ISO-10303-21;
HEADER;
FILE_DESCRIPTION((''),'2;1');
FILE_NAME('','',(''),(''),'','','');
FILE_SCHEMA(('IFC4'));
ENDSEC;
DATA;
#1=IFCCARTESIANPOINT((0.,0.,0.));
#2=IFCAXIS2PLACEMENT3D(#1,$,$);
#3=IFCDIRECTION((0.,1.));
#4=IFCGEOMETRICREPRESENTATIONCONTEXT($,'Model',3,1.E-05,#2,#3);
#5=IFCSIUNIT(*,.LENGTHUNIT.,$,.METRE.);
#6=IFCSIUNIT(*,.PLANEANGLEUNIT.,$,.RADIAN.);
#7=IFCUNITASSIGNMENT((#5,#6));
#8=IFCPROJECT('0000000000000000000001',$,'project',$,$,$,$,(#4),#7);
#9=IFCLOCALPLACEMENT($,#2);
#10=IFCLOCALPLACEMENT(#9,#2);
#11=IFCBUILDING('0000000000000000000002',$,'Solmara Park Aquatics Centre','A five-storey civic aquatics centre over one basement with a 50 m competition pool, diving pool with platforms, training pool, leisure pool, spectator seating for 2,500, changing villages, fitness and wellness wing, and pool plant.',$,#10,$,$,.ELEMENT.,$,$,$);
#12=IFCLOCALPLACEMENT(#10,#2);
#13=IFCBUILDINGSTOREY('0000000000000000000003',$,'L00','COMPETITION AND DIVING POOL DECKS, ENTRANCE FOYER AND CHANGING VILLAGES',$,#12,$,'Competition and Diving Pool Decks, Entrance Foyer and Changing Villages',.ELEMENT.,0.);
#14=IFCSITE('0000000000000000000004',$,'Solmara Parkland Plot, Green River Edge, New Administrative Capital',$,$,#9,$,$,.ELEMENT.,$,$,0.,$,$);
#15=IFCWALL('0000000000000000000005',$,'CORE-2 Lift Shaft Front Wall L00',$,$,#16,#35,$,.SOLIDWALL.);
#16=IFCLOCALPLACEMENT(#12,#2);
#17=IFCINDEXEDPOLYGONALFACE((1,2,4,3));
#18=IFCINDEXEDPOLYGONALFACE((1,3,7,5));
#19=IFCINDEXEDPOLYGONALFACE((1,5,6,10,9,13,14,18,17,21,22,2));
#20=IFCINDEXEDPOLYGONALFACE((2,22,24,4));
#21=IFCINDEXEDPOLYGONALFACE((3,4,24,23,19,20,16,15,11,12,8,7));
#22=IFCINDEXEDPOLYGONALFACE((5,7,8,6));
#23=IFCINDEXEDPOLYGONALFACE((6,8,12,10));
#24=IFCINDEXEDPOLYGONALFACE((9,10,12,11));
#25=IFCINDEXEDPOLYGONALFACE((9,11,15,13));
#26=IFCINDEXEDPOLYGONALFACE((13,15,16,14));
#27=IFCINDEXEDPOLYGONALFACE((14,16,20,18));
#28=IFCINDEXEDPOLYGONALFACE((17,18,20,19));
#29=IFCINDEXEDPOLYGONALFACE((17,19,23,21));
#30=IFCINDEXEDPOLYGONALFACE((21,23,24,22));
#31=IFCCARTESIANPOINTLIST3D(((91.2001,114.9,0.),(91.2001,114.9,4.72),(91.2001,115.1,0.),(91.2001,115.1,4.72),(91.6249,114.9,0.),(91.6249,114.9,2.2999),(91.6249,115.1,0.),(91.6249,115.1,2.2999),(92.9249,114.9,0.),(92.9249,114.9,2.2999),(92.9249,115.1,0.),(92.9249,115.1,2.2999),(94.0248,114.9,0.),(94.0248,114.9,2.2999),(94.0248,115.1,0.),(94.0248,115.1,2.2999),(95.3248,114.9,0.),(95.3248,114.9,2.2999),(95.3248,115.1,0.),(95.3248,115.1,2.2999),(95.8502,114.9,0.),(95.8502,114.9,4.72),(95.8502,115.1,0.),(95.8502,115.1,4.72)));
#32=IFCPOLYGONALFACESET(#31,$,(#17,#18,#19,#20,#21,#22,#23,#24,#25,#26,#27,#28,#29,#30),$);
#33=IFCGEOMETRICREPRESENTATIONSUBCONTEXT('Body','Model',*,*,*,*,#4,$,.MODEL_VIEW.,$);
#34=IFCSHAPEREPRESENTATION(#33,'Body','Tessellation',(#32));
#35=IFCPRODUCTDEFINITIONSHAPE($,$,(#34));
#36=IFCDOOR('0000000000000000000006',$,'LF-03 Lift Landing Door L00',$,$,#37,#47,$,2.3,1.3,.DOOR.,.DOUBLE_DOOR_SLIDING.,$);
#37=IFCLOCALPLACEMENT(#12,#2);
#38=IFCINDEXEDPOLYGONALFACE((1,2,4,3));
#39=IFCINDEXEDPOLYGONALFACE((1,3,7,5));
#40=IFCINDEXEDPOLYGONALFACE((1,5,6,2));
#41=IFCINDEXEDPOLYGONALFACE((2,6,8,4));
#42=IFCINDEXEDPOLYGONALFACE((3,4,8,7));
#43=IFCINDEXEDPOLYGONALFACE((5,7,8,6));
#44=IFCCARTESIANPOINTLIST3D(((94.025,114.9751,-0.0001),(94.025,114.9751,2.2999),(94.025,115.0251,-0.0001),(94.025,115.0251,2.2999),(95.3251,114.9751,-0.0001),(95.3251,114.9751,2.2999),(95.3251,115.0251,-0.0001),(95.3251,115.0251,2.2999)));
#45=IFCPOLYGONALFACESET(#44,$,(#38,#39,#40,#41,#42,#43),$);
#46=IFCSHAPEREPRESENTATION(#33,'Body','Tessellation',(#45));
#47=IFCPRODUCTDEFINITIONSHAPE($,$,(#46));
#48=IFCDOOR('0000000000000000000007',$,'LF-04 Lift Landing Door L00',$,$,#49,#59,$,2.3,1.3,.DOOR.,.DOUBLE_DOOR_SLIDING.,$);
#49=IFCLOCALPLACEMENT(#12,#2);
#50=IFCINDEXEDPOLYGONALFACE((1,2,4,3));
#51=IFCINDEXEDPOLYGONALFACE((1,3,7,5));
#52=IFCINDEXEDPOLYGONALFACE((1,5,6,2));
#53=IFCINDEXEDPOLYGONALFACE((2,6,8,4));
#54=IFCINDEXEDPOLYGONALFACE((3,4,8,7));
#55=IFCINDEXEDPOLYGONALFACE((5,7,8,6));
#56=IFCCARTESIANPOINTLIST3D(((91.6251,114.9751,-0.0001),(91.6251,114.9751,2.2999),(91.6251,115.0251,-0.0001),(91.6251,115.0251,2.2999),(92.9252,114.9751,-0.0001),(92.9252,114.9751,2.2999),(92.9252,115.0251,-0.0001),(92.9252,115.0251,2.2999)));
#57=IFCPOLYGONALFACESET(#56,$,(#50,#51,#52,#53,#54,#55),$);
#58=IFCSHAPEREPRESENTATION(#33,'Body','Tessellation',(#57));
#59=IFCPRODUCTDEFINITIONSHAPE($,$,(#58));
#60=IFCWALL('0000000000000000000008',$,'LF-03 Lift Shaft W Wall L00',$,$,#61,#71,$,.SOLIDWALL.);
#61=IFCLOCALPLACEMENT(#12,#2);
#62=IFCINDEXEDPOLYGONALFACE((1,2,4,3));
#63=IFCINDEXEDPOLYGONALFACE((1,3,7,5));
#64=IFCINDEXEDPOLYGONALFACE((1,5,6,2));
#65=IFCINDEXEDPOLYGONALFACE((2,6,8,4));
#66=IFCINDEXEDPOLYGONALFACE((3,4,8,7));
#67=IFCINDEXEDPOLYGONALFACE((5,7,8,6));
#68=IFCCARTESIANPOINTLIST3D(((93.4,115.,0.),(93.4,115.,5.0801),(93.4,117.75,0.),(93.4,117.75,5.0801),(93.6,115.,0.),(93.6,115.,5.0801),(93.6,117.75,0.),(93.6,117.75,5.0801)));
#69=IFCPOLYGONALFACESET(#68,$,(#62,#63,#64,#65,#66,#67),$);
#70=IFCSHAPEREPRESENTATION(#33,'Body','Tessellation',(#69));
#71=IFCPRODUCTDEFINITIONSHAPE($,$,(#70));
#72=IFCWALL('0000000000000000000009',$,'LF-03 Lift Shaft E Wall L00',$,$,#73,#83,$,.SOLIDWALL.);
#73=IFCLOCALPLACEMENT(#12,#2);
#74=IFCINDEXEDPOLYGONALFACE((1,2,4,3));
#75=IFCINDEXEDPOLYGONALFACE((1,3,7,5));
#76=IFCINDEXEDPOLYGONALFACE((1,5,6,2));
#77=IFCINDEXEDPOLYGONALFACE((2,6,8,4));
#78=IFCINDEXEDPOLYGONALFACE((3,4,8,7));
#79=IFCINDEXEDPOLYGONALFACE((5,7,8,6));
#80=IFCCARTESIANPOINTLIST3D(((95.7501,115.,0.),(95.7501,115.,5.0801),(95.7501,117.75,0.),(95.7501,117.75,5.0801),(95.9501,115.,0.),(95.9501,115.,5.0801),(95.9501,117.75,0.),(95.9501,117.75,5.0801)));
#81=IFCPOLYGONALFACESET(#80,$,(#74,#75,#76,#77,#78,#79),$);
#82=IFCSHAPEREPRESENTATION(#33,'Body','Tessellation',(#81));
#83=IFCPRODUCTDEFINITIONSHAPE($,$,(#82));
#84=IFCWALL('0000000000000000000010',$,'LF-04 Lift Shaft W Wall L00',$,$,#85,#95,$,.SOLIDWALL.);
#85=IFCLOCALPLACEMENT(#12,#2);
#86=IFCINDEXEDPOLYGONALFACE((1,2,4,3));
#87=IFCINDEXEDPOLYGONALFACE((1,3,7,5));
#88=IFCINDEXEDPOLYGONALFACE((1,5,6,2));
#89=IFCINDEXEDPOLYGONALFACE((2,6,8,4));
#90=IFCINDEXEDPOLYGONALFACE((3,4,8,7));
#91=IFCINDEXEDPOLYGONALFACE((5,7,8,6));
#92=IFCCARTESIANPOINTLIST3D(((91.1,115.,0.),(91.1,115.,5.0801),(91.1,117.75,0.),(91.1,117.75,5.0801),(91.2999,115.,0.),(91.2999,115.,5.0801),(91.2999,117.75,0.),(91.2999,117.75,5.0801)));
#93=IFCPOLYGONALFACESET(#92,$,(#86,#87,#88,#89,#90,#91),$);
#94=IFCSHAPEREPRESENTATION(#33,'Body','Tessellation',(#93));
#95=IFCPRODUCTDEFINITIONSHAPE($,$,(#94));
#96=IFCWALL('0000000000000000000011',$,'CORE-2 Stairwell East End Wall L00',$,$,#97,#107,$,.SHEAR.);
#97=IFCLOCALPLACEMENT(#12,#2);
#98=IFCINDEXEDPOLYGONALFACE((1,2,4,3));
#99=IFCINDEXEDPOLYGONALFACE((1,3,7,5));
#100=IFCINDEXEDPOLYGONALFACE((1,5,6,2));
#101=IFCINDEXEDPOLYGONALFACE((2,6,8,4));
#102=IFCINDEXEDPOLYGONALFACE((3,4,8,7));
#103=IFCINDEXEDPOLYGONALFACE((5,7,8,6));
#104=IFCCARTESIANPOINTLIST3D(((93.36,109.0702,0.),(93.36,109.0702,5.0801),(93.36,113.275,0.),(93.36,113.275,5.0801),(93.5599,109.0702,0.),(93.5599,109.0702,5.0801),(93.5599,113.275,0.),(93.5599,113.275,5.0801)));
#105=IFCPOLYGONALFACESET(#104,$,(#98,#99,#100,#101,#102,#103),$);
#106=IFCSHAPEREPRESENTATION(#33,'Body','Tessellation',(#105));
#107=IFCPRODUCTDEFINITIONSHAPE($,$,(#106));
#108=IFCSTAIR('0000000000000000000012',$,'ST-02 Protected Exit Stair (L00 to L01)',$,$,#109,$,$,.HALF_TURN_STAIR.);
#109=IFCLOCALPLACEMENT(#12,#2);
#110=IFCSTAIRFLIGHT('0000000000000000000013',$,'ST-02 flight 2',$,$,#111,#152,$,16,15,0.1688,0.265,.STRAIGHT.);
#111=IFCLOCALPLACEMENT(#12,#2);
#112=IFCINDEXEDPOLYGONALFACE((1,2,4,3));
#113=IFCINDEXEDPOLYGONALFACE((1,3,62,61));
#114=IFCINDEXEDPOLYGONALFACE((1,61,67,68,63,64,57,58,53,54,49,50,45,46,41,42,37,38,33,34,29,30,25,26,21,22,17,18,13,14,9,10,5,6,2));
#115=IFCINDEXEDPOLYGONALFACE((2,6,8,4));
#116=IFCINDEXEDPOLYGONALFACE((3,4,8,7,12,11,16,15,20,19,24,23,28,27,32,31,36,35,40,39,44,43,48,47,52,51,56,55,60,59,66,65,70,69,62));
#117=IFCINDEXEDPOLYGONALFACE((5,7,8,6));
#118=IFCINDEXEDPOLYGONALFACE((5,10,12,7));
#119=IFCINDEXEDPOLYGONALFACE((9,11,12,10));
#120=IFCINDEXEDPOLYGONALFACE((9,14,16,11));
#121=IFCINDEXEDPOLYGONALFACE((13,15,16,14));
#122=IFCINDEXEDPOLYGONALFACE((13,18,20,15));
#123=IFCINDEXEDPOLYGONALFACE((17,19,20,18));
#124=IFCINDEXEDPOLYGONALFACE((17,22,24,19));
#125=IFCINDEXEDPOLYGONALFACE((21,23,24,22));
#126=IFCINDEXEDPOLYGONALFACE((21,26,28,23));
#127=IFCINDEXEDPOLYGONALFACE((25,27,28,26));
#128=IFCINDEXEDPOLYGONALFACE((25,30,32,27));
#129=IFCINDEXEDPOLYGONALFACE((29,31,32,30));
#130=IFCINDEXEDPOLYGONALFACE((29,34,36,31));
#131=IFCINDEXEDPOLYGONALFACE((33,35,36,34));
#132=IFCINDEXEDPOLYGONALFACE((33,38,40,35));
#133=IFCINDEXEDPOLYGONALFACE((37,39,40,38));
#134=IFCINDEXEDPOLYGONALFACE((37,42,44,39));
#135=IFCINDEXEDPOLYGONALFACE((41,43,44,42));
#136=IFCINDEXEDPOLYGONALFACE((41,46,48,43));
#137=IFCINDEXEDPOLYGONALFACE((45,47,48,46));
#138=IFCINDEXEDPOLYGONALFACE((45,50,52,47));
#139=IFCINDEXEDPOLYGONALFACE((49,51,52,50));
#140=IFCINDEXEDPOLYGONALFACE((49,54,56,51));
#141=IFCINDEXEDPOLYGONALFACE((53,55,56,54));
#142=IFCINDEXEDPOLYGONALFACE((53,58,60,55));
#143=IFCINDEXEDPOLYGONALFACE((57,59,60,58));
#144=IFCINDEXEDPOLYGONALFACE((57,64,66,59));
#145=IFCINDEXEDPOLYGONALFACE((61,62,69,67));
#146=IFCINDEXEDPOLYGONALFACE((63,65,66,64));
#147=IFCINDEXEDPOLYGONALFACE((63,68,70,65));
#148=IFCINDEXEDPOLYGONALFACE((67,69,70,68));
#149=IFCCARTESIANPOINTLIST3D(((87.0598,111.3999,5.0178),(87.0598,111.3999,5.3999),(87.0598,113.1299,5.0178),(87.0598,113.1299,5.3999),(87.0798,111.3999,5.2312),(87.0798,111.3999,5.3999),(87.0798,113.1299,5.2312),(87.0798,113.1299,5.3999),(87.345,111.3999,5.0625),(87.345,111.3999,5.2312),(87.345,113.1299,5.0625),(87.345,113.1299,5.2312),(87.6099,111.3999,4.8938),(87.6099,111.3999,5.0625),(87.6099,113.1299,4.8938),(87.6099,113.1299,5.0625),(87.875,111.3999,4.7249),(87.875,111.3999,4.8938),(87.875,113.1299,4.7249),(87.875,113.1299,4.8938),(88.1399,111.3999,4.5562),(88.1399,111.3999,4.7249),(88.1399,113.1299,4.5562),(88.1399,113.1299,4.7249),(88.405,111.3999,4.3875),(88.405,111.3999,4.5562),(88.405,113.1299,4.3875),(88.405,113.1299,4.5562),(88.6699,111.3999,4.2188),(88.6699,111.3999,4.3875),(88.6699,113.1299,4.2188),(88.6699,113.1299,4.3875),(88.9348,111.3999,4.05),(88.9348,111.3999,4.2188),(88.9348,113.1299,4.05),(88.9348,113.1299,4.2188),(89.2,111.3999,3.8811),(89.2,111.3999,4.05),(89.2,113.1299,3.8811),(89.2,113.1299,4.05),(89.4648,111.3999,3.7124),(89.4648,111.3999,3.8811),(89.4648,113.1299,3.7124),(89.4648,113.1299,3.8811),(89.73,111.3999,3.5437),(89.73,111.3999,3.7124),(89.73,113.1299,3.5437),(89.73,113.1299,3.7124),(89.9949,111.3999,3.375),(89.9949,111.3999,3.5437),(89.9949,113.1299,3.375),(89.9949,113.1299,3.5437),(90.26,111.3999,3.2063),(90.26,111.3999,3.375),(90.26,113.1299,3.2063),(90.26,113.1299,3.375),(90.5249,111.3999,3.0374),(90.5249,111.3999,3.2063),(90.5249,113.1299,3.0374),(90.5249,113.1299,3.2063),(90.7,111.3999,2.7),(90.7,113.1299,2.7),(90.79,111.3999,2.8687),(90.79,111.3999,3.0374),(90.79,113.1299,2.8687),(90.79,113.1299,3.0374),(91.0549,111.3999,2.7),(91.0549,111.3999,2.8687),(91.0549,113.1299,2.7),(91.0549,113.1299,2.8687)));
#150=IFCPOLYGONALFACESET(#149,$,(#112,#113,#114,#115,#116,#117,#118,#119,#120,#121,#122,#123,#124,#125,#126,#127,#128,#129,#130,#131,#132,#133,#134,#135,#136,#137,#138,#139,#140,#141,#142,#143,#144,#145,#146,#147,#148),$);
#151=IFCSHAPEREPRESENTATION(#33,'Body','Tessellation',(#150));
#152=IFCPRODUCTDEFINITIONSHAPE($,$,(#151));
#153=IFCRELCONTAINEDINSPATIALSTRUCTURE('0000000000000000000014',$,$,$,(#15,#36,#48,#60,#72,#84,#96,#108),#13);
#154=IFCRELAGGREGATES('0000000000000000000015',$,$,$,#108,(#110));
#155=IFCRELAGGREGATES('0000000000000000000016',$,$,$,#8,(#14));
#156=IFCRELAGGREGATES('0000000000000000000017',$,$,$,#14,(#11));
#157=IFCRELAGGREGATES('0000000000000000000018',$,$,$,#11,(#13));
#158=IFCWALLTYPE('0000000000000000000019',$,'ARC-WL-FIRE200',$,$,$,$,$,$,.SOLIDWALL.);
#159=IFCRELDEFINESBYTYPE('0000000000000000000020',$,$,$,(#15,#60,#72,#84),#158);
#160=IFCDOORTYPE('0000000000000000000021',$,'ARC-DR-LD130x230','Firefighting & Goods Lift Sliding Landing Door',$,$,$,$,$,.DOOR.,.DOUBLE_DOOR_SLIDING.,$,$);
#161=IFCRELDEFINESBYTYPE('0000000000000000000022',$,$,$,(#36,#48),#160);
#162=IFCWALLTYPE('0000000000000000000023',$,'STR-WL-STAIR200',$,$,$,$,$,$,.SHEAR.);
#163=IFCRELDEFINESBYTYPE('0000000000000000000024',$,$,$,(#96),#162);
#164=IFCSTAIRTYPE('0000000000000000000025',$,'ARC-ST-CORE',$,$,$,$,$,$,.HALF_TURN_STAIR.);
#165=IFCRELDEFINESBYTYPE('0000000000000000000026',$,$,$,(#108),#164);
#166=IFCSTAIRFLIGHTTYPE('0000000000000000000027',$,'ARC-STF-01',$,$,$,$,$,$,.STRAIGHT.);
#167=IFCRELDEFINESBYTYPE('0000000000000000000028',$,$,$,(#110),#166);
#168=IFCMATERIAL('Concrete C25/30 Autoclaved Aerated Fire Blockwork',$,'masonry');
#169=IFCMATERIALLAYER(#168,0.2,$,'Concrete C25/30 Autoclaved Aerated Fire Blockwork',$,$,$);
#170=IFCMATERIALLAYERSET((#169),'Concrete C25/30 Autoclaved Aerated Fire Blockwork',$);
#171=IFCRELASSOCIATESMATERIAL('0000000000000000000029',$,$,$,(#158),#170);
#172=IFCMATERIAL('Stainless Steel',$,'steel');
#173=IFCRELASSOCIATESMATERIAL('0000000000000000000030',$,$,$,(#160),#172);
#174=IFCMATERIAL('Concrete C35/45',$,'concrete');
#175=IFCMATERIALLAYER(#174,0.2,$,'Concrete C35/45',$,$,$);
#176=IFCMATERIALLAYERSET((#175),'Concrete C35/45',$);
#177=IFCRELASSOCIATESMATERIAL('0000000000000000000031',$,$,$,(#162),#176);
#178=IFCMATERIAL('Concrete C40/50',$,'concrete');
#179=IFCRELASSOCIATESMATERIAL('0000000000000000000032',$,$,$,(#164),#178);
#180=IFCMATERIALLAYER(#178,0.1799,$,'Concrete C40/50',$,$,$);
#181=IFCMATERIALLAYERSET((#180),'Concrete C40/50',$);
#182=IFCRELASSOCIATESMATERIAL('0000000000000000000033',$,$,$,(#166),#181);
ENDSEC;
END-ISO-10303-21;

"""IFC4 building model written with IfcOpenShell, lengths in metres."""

from ifc_helpers import new_model, si_unit, direction, frame, frame_2d, origin, place, context, subcontext, project, spatial, polyline, rectangle, outline, extrude, material, layer, layer_set, type_object, element, fill, aggregate, save


model = new_model("IFC4")

# Units and contexts
model_context = context("Model", 3, precision=1e-05, world=origin(), true_north=direction((0.0, 1.0)))
body_context = subcontext(model_context, "Body", "Model", "MODEL_VIEW")
ifc_project = project(units=[si_unit("LENGTHUNIT", "METRE"), si_unit("PLANEANGLEUNIT", "RADIAN")], contexts=[model_context])

# Site, building, storey
site_placement = place(None, origin())
site = spatial("IfcSite", under=ifc_project, at=site_placement, Name="Solmara Parkland Plot, Green River Edge, New Administrative Capital", CompositionType="ELEMENT", RefElevation=0.0)
building_placement = place(site_placement, origin())
building = spatial("IfcBuilding", under=site, at=building_placement, Name="Solmara Park Aquatics Centre", Description="A five-storey civic aquatics centre over one basement with a 50 m competition pool, diving pool with platforms, training pool, leisure pool, spectator seating for 2,500, changing villages, fitness and wellness wing, and pool plant.", CompositionType="ELEMENT")
storey_placement = place(building_placement, origin())
storey = spatial("IfcBuildingStorey", under=building, at=storey_placement, Name="L00", Description="COMPETITION AND DIVING POOL DECKS, ENTRANCE FOYER AND CHANGING VILLAGES", LongName="Competition and Diving Pool Decks, Entrance Foyer and Changing Villages", CompositionType="ELEMENT", Elevation=0.0)

# Shared definitions
ifc_material_1 = material(Name="Concrete C40/50", Category="concrete")

# Wall, openings, doors
ifc_material_2 = material(Name="Concrete C25/30 Autoclaved Aerated Fire Blockwork", Category="masonry")
ifc_layer_1 = layer(ifc_material_2, 0.2, Name="Concrete C25/30 Autoclaved Aerated Fire Blockwork")
ifc_layer_set_1 = layer_set([ifc_layer_1], Name="Concrete C25/30 Autoclaved Aerated Fire Blockwork")
wall_type_1 = type_object("IfcWallType", Name="ARC-WL-FIRE200", PredefinedType="SOLIDWALL", material=ifc_layer_set_1)
wall_1_placement = place(storey_placement, frame((91.2, 115.0, 0.0), z_axis=(0.0, 0.0, 1.0), x_axis=(1.0, 0.0, 0.0)))
wall_1 = element("IfcWall", 1, at=wall_1_placement, inside=storey, type_object=wall_type_1, Name="CORE-2 Lift Shaft Front Wall L00", PredefinedType="SOLIDWALL", context=body_context, shape_type="SweptSolid", body=[
    extrude(rectangle(XDim=4.6501, YDim=0.2, at=frame_2d((2.3252, 0.0))), origin(), (0.0, 0.0, 1.0), 4.72),
])
opening_1_placement = place(wall_1_placement, frame((2.825, 0.0, 0.0)))
opening_1 = element("IfcOpeningElement", 2, at=opening_1_placement, cuts=wall_1, PredefinedType="OPENING", context=body_context, shape_type="SweptSolid", body=[
    extrude(rectangle(XDim=1.3, YDim=2.3, at=frame_2d((0.6499, 1.1499))), frame((0.0, 0.1099, 0.0), z_axis=(0.0, -1.0, 0.0), x_axis=(1.0, 0.0, 0.0)), (0.0, 0.0, 1.0), 0.22),
])
opening_2_placement = place(wall_1_placement, frame((0.425, 0.0, 0.0)))
opening_2 = element("IfcOpeningElement", 3, at=opening_2_placement, cuts=wall_1, PredefinedType="OPENING", context=body_context, shape_type="SweptSolid", body=[
    extrude(rectangle(XDim=1.3, YDim=2.3, at=frame_2d((0.6499, 1.1499))), frame((0.0, 0.1099, 0.0), z_axis=(0.0, -1.0, 0.0), x_axis=(1.0, 0.0, 0.0)), (0.0, 0.0, 1.0), 0.22),
])
ifc_material_3 = material(Name="Stainless Steel", Category="steel")
door_type = type_object("IfcDoorType", Name="ARC-DR-LD130x230", Description="Firefighting & Goods Lift Sliding Landing Door", OperationType="DOUBLE_DOOR_SLIDING", PredefinedType="DOOR", material=ifc_material_3)
door_1_placement = place(opening_1_placement, frame((1.3, 0.0, 0.0), z_axis=(0.0, 0.0, 1.0), x_axis=(-1.0, 0.0, 0.0)))
door_1 = element("IfcDoor", 4, at=door_1_placement, inside=storey, type_object=door_type, Name="LF-03 Lift Landing Door L00", OperationType="DOUBLE_DOOR_SLIDING", OverallHeight=2.3, OverallWidth=1.3, PredefinedType="DOOR", context=body_context, shape_type="SweptSolid", body=[
    extrude(rectangle(XDim=1.3, YDim=2.3, at=frame_2d((0.6499, 1.1499))), frame((0.0, 0.0249, 0.0), z_axis=(0.0, -1.0, 0.0), x_axis=(1.0, 0.0, 0.0)), (0.0, 0.0, 1.0), 0.05),
])
fill(opening_1, door_1)
door_2_placement = place(opening_2_placement, frame((1.3, 0.0, 0.0), z_axis=(0.0, 0.0, 1.0), x_axis=(-1.0, 0.0, 0.0)))
door_2 = element("IfcDoor", 5, at=door_2_placement, inside=storey, type_object=door_type, Name="LF-04 Lift Landing Door L00", OperationType="DOUBLE_DOOR_SLIDING", OverallHeight=2.3, OverallWidth=1.3, PredefinedType="DOOR", context=body_context, shape_type="SweptSolid", body=[
    extrude(rectangle(XDim=1.3, YDim=2.3, at=frame_2d((0.6499, 1.1499))), frame((0.0, 0.0249, 0.0), z_axis=(0.0, -1.0, 0.0), x_axis=(1.0, 0.0, 0.0)), (0.0, 0.0, 1.0), 0.05),
])
fill(opening_2, door_2)

# Walls
for number, where, z_axis, x_axis, name in (
    (6, (93.5, 115.0, 0.0), (0.0, 0.0, 1.0), (0.0, 1.0, 0.0), "LF-03 Lift Shaft W Wall L00"),
    (7, (95.8501, 115.0, 0.0), (0.0, 0.0, 1.0), (0.0, 1.0, 0.0), "LF-03 Lift Shaft E Wall L00"),
    (8, (91.2, 115.0, 0.0), (0.0, 0.0, 1.0), (0.0, 1.0, 0.0), "LF-04 Lift Shaft W Wall L00"),
):
    element("IfcWall", number, at=place(storey_placement, frame(where, z_axis=z_axis, x_axis=x_axis)), inside=storey, type_object=wall_type_1, Name=name, PredefinedType="SOLIDWALL", context=body_context, shape_type="SweptSolid", body=[
        extrude(rectangle(XDim=2.75, YDim=0.2, at=frame_2d((1.375, 0.0))), origin(), (0.0, 0.0, 1.0), 5.0801),
    ])
ifc_material_4 = material(Name="Concrete C35/45", Category="concrete")
ifc_layer_2 = layer(ifc_material_4, 0.2, Name="Concrete C35/45")
ifc_layer_set_2 = layer_set([ifc_layer_2], Name="Concrete C35/45")
wall_type_2 = type_object("IfcWallType", Name="STR-WL-STAIR200", PredefinedType="SHEAR", material=ifc_layer_set_2)
wall_2_placement = place(storey_placement, frame((93.46, 109.0701, 0.0), z_axis=(0.0, 0.0, 1.0), x_axis=(0.0, 1.0, 0.0)))
element("IfcWall", 9, at=wall_2_placement, inside=storey, type_object=wall_type_2, Name="CORE-2 Stairwell East End Wall L00", PredefinedType="SHEAR", context=body_context, shape_type="SweptSolid", body=[
    extrude(rectangle(XDim=4.2048, YDim=0.2, at=frame_2d((2.1025, 0.0))), origin(), (0.0, 0.0, 1.0), 5.0801),
])

# Stair, stair flight
stair_type = type_object("IfcStairType", Name="ARC-ST-CORE", PredefinedType="HALF_TURN_STAIR", material=ifc_material_1)
stair_placement = place(storey_placement, origin())
stair = element("IfcStair", 10, at=stair_placement, inside=storey, type_object=stair_type, Name="ST-02 Protected Exit Stair (L00 to L01)", PredefinedType="HALF_TURN_STAIR")
ifc_layer_3 = layer(ifc_material_1, 0.1799, Name="Concrete C40/50")
ifc_layer_set_3 = layer_set([ifc_layer_3], Name="Concrete C40/50")
stair_flight_type = type_object("IfcStairFlightType", Name="ARC-STF-01", PredefinedType="STRAIGHT", material=ifc_layer_set_3)
stair_flight_placement = place(storey_placement, frame((91.0549, 112.2649, 2.7), z_axis=(0.0, 0.0, 1.0), x_axis=(-1.0, 0.0, 0.0)))
stair_flight = element("IfcStairFlight", 11, at=stair_flight_placement, type_object=stair_flight_type, Name="ST-02 flight 2", NumberOfRisers=16, NumberOfTreads=15, PredefinedType="STRAIGHT", RiserHeight=0.1688, TreadLength=0.265, context=body_context, shape_type="SweptSolid", body=[
    extrude(outline(polyline([(0.0, 0.0), (0.0, 0.1687), (0.2649, 0.1687), (0.2649, 0.3374), (0.53, 0.3374), (0.53, 0.5063), (0.7949, 0.5063), (0.7949, 0.675), (1.0601, 0.675), (1.0601, 0.8438), (1.325, 0.8438), (1.325, 1.0125), (1.5901, 1.0125), (1.5901, 1.1812), (1.855, 1.1812), (1.855, 1.3501), (2.1201, 1.3501), (2.1201, 1.5188), (2.385, 1.5188), (2.385, 1.6875), (2.6499, 1.6875), (2.6499, 1.8562), (2.915, 1.8562), (2.915, 2.0249), (3.1799, 2.0249), (3.1799, 2.1938), (3.4451, 2.1938), (3.4451, 2.3625), (3.71, 2.3625), (3.71, 2.5312), (3.9751, 2.5312), (3.9751, 2.7), (3.9951, 2.7), (3.9951, 2.3179), (0.355, 0.0), (0.0, 0.0)])), frame((0.0, 0.865, 0.0), z_axis=(0.0, -1.0, 0.0), x_axis=(1.0, 0.0, 0.0)), (0.0, 0.0, 1.0), 1.73),
])
aggregate(stair, [stair_flight])

save(model, "model.ifc")
